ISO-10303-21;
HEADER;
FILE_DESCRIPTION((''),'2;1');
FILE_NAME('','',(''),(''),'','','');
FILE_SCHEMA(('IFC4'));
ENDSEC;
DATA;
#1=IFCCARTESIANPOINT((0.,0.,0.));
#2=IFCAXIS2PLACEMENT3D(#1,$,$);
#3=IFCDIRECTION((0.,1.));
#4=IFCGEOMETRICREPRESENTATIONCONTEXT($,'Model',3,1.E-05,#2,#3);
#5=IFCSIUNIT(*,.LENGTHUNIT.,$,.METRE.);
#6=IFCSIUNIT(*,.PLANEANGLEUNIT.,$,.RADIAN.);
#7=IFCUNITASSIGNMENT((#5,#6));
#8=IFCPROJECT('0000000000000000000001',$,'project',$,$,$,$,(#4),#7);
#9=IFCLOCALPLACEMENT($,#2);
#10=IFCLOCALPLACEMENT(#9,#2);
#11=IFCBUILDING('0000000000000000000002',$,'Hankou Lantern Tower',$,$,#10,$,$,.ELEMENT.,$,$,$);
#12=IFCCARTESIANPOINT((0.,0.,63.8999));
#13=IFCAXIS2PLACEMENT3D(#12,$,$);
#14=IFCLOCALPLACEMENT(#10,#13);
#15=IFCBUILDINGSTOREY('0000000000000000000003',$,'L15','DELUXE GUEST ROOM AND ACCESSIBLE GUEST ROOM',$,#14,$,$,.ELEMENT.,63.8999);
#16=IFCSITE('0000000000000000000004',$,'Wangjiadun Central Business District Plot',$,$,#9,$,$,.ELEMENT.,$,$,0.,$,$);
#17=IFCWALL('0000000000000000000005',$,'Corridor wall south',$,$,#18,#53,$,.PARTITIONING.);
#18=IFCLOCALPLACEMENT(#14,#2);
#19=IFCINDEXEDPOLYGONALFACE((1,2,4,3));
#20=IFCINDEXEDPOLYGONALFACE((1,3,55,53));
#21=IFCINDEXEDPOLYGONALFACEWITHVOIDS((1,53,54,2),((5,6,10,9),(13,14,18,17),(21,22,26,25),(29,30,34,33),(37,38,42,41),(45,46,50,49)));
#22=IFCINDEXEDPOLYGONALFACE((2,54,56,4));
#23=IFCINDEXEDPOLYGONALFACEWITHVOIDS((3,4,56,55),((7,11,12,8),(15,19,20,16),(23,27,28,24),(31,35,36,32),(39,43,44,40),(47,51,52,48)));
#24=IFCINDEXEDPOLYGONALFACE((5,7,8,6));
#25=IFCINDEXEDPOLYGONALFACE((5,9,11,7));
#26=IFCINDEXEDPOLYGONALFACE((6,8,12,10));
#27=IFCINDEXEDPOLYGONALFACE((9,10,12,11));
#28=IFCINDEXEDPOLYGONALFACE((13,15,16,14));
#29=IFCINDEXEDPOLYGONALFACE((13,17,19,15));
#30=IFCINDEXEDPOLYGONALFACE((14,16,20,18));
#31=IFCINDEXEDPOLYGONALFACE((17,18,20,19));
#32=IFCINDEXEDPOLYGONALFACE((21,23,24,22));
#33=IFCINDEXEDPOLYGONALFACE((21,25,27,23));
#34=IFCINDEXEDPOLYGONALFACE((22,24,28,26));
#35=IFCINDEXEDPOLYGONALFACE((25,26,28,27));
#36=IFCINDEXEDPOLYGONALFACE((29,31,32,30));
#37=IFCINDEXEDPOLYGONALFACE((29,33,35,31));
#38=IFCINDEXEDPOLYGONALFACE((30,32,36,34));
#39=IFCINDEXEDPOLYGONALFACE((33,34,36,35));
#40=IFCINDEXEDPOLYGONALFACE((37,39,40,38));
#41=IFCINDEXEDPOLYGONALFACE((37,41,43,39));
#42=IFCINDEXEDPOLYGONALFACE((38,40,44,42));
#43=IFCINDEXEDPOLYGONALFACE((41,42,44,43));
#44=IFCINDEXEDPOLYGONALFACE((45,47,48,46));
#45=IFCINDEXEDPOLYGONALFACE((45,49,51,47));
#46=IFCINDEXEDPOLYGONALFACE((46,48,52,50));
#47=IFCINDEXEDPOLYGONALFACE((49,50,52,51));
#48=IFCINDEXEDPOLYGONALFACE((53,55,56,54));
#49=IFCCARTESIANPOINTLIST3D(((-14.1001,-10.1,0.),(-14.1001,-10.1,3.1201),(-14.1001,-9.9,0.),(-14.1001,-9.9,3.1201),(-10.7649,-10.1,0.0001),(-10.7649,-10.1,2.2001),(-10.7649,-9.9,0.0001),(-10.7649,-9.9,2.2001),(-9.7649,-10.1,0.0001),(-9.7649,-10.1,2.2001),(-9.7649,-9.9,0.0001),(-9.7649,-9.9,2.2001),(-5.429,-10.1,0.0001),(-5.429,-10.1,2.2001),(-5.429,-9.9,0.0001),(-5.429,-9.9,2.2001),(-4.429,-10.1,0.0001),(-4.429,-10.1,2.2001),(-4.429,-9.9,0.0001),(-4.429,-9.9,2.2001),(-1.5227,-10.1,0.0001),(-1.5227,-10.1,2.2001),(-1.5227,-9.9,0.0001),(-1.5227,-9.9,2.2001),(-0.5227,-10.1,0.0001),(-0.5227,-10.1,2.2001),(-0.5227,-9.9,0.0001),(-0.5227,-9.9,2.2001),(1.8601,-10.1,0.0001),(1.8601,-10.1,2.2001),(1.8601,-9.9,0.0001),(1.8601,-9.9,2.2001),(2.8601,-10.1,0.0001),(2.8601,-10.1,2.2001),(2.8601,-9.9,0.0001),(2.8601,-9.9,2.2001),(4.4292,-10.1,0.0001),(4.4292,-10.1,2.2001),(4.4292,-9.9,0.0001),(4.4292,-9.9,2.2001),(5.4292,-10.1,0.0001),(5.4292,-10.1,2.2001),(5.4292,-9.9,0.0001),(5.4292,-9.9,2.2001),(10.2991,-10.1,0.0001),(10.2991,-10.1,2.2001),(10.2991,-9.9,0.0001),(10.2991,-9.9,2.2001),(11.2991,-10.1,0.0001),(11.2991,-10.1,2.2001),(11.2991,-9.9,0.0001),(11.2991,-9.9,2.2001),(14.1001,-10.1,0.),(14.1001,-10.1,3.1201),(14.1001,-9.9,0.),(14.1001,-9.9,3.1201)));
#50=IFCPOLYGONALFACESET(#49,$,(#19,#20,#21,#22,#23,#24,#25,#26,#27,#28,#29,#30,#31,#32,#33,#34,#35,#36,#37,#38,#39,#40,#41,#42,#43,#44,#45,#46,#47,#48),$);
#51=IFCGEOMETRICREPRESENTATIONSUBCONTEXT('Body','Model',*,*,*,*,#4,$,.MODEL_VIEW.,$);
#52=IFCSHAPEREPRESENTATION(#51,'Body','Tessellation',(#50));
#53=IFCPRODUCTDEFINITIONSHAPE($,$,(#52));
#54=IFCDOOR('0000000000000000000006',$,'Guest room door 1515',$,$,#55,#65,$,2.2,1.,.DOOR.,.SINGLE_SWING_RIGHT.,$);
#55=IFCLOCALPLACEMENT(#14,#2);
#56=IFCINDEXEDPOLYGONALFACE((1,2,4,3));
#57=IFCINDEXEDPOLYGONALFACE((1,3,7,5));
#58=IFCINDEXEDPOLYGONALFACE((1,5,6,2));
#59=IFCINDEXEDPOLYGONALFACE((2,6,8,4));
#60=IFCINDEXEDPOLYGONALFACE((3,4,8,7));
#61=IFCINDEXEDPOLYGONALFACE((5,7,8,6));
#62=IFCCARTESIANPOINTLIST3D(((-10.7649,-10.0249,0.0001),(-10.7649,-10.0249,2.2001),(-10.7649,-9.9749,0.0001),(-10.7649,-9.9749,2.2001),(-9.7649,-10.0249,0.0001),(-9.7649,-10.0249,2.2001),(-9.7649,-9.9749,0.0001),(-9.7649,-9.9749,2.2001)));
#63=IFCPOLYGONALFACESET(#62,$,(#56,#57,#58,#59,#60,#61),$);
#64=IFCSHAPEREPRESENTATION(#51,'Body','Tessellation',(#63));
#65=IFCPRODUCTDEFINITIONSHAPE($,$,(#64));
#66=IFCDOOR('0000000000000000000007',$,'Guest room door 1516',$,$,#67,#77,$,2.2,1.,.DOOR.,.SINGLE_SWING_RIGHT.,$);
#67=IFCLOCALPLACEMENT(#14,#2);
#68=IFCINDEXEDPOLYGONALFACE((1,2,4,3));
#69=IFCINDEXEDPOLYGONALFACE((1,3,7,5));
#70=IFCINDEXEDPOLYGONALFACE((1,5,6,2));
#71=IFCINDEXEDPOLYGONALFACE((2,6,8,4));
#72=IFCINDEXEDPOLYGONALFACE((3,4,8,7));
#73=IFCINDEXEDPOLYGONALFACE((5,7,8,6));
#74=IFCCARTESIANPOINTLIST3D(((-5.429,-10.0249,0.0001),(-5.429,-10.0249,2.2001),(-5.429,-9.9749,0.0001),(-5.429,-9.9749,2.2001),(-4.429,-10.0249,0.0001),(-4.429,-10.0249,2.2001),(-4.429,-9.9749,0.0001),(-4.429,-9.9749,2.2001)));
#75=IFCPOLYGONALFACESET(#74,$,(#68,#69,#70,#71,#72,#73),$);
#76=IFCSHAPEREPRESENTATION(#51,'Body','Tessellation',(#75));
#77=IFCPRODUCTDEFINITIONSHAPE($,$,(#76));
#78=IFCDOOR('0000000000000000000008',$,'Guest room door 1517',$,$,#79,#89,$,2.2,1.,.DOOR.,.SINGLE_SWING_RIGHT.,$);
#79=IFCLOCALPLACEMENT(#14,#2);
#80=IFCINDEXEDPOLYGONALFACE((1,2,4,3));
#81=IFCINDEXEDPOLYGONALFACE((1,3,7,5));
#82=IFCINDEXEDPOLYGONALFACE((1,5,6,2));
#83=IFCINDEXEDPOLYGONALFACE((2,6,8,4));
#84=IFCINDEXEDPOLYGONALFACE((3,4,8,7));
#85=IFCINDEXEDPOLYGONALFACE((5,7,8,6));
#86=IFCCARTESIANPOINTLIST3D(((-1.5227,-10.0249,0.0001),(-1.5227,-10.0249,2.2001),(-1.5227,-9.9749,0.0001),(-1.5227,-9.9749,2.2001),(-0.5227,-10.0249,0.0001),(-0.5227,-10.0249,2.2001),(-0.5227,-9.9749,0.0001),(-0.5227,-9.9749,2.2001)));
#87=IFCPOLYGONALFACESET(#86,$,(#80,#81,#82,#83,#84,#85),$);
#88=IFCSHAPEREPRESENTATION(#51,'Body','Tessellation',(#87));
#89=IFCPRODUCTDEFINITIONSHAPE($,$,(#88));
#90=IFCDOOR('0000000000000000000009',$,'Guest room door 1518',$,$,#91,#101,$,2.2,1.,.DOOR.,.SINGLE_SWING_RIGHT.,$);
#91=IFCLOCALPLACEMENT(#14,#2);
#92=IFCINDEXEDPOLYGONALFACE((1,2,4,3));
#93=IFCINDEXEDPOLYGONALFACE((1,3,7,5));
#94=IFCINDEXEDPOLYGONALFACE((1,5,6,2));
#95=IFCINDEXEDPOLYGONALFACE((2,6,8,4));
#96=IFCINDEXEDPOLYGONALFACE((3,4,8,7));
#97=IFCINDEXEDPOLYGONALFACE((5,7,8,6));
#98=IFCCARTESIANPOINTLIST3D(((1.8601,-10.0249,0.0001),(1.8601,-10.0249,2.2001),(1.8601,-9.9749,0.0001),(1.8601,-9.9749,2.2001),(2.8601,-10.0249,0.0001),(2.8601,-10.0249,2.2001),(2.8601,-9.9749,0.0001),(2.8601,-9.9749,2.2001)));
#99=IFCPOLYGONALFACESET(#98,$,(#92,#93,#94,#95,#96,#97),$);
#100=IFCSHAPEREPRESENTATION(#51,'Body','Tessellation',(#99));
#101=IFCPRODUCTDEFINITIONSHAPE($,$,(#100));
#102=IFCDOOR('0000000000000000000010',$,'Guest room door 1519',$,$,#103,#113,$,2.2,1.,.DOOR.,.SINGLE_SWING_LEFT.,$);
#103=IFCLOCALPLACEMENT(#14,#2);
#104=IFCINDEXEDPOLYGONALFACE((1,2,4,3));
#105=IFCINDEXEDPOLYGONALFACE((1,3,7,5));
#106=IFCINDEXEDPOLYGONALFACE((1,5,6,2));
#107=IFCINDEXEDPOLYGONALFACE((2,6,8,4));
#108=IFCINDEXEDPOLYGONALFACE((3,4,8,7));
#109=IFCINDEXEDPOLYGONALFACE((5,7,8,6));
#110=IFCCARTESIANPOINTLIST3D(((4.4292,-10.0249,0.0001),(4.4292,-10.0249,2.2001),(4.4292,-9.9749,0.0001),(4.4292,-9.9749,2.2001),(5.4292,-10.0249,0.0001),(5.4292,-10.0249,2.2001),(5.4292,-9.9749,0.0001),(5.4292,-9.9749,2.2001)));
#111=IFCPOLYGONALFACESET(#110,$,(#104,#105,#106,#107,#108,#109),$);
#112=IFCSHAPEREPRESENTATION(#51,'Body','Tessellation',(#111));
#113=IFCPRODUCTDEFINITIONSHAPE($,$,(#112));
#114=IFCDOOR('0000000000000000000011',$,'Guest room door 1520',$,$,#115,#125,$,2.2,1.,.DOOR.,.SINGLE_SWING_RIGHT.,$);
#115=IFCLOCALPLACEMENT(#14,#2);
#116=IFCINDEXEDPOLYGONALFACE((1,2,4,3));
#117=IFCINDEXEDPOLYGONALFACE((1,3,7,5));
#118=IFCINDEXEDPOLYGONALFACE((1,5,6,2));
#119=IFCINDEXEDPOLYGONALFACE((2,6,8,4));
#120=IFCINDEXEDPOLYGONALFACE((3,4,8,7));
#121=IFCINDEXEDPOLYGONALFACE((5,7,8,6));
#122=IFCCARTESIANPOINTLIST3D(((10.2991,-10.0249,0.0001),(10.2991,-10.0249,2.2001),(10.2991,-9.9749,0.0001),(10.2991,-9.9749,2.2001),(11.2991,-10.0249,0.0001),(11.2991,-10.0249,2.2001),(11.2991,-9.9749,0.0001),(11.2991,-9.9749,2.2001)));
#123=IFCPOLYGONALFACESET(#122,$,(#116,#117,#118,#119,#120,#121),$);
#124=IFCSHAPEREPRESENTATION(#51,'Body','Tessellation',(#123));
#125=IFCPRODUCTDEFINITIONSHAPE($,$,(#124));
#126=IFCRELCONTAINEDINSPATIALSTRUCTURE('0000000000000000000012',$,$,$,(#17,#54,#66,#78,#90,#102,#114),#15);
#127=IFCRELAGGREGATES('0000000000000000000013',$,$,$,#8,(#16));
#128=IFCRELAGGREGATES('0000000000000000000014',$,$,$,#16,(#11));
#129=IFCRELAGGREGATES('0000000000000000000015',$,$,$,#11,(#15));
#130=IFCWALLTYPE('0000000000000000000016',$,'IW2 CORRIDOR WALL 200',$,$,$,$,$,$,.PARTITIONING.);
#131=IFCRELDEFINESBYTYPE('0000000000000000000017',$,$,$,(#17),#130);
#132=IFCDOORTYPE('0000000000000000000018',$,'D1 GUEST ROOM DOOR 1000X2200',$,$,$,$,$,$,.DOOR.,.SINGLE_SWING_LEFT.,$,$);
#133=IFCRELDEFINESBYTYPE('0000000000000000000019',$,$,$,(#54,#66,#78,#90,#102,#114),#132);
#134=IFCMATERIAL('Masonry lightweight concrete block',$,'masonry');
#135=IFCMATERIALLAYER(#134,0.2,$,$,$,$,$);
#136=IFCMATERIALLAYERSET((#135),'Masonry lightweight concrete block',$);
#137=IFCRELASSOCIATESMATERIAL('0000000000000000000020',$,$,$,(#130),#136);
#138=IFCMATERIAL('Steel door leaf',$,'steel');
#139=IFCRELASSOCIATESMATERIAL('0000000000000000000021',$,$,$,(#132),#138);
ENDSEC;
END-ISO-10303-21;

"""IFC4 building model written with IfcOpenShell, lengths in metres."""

from ifc_helpers import new_model, si_unit, direction, frame, frame_2d, origin, place, context, subcontext, project, spatial, rectangle, extrude, material, layer, layer_set, type_object, element, fill, save


model = new_model("IFC4")

# Units and contexts
model_context = context("Model", 3, precision=1e-05, world=origin(), true_north=direction((0.0, 1.0)))
body_context = subcontext(model_context, "Body", "Model", "MODEL_VIEW")
ifc_project = project(units=[si_unit("LENGTHUNIT", "METRE"), si_unit("PLANEANGLEUNIT", "RADIAN")], contexts=[model_context])

# Site, building, storey
site_placement = place(None, origin())
site = spatial("IfcSite", under=ifc_project, at=site_placement, Name="Wangjiadun Central Business District Plot", CompositionType="ELEMENT", RefElevation=0.0)
building_placement = place(site_placement, origin())
building = spatial("IfcBuilding", under=site, at=building_placement, Name="Hankou Lantern Tower", CompositionType="ELEMENT")
storey_placement = place(building_placement, frame((0.0, 0.0, 63.8999)))
storey = spatial("IfcBuildingStorey", under=building, at=storey_placement, Name="L15", Description="DELUXE GUEST ROOM AND ACCESSIBLE GUEST ROOM", CompositionType="ELEMENT", Elevation=63.8999)

# Wall, openings, doors
ifc_material_1 = material(Name="Masonry lightweight concrete block", Category="masonry")
ifc_layer_1 = layer(ifc_material_1, 0.2)
ifc_layer_set_1 = layer_set([ifc_layer_1], Name="Masonry lightweight concrete block")
wall_type_1 = type_object("IfcWallType", Name="IW2 CORRIDOR WALL 200", PredefinedType="PARTITIONING", material=ifc_layer_set_1)
ifc_material_2 = material(Name="Steel door leaf", Category="steel")
door_type_1 = type_object("IfcDoorType", Name="D1 GUEST ROOM DOOR 1000X2200", OperationType="SINGLE_SWING_LEFT", PredefinedType="DOOR", material=ifc_material_2)
wall_1_placement = place(storey_placement, frame((14.1001, -10.0, 0.0), z_axis=(0.0, 0.0, 1.0), x_axis=(-1.0, 0.0, 0.0)))
wall_1 = element("IfcWall", 1, at=wall_1_placement, inside=storey, type_object=wall_type_1, Name="Corridor wall south", PredefinedType="PARTITIONING", context=body_context, shape_type="SweptSolid", body=[
    extrude(rectangle(XDim=28.2002, YDim=0.2, at=frame_2d((14.1001, 0.0))), origin(), (0.0, 0.0, 1.0), 3.1201),
])
opening_1_placement = place(wall_1_placement, frame((23.865, 0.0, 0.0)))
opening_1 = element("IfcOpeningElement", 2, at=opening_1_placement, cuts=wall_1, PredefinedType="OPENING", context=body_context, shape_type="SweptSolid", body=[
    extrude(rectangle(XDim=1.0, YDim=2.2, at=frame_2d((0.5, 1.1001))), frame((0.0, 0.1099, 0.0), z_axis=(0.0, -1.0, 0.0), x_axis=(1.0, 0.0, 0.0)), (0.0, 0.0, 1.0), 0.22),
])
opening_2_placement = place(wall_1_placement, frame((18.5291, 0.0, 0.0)))
opening_2 = element("IfcOpeningElement", 3, at=opening_2_placement, cuts=wall_1, PredefinedType="OPENING", context=body_context, shape_type="SweptSolid", body=[
    extrude(rectangle(XDim=1.0, YDim=2.2, at=frame_2d((0.5, 1.1001))), frame((0.0, 0.1099, 0.0), z_axis=(0.0, -1.0, 0.0), x_axis=(1.0, 0.0, 0.0)), (0.0, 0.0, 1.0), 0.22),
])
opening_3_placement = place(wall_1_placement, frame((14.6228, 0.0, 0.0)))
opening_3 = element("IfcOpeningElement", 4, at=opening_3_placement, cuts=wall_1, PredefinedType="OPENING", context=body_context, shape_type="SweptSolid", body=[
    extrude(rectangle(XDim=1.0, YDim=2.2, at=frame_2d((0.5, 1.1001))), frame((0.0, 0.1099, 0.0), z_axis=(0.0, -1.0, 0.0), x_axis=(1.0, 0.0, 0.0)), (0.0, 0.0, 1.0), 0.22),
])
opening_4_placement = place(wall_1_placement, frame((11.24, 0.0, 0.0)))
opening_4 = element("IfcOpeningElement", 5, at=opening_4_placement, cuts=wall_1, PredefinedType="OPENING", context=body_context, shape_type="SweptSolid", body=[
    extrude(rectangle(XDim=1.0, YDim=2.2, at=frame_2d((0.5, 1.1001))), frame((0.0, 0.1099, 0.0), z_axis=(0.0, -1.0, 0.0), x_axis=(1.0, 0.0, 0.0)), (0.0, 0.0, 1.0), 0.22),
])
opening_5_placement = place(wall_1_placement, frame((8.6709, 0.0, 0.0)))
opening_5 = element("IfcOpeningElement", 6, at=opening_5_placement, cuts=wall_1, PredefinedType="OPENING", context=body_context, shape_type="SweptSolid", body=[
    extrude(rectangle(XDim=1.0, YDim=2.2, at=frame_2d((0.5, 1.1001))), frame((0.0, 0.1099, 0.0), z_axis=(0.0, -1.0, 0.0), x_axis=(1.0, 0.0, 0.0)), (0.0, 0.0, 1.0), 0.22),
])
opening_6_placement = place(wall_1_placement, frame((2.801, 0.0, 0.0)))
opening_6 = element("IfcOpeningElement", 7, at=opening_6_placement, cuts=wall_1, PredefinedType="OPENING", context=body_context, shape_type="SweptSolid", body=[
    extrude(rectangle(XDim=1.0, YDim=2.2, at=frame_2d((0.5, 1.1001))), frame((0.0, 0.1099, 0.0), z_axis=(0.0, -1.0, 0.0), x_axis=(1.0, 0.0, 0.0)), (0.0, 0.0, 1.0), 0.22),
])
door_1_placement = place(opening_1_placement, origin())
door_1 = element("IfcDoor", 8, at=door_1_placement, inside=storey, type_object=door_type_1, Name="Guest room door 1515", OperationType="SINGLE_SWING_RIGHT", OverallHeight=2.2, OverallWidth=1.0, PredefinedType="DOOR", context=body_context, shape_type="SweptSolid", body=[
    extrude(rectangle(XDim=1.0, YDim=2.2, at=frame_2d((0.5, 1.1001))), frame((0.0, 0.0249, 0.0), z_axis=(0.0, -1.0, 0.0), x_axis=(1.0, 0.0, 0.0)), (0.0, 0.0, 1.0), 0.05),
])
fill(opening_1, door_1)
door_2_placement = place(opening_2_placement, origin())
door_2 = element("IfcDoor", 9, at=door_2_placement, inside=storey, type_object=door_type_1, Name="Guest room door 1516", OperationType="SINGLE_SWING_RIGHT", OverallHeight=2.2, OverallWidth=1.0, PredefinedType="DOOR", context=body_context, shape_type="SweptSolid", body=[
    extrude(rectangle(XDim=1.0, YDim=2.2, at=frame_2d((0.5, 1.1001))), frame((0.0, 0.0249, 0.0), z_axis=(0.0, -1.0, 0.0), x_axis=(1.0, 0.0, 0.0)), (0.0, 0.0, 1.0), 0.05),
])
fill(opening_2, door_2)
door_3_placement = place(opening_3_placement, origin())
door_3 = element("IfcDoor", 10, at=door_3_placement, inside=storey, type_object=door_type_1, Name="Guest room door 1517", OperationType="SINGLE_SWING_RIGHT", OverallHeight=2.2, OverallWidth=1.0, PredefinedType="DOOR", context=body_context, shape_type="SweptSolid", body=[
    extrude(rectangle(XDim=1.0, YDim=2.2, at=frame_2d((0.5, 1.1001))), frame((0.0, 0.0249, 0.0), z_axis=(0.0, -1.0, 0.0), x_axis=(1.0, 0.0, 0.0)), (0.0, 0.0, 1.0), 0.05),
])
fill(opening_3, door_3)
door_4_placement = place(opening_4_placement, origin())
door_4 = element("IfcDoor", 11, at=door_4_placement, inside=storey, type_object=door_type_1, Name="Guest room door 1518", OperationType="SINGLE_SWING_RIGHT", OverallHeight=2.2, OverallWidth=1.0, PredefinedType="DOOR", context=body_context, shape_type="SweptSolid", body=[
    extrude(rectangle(XDim=1.0, YDim=2.2, at=frame_2d((0.5, 1.1001))), frame((0.0, 0.0249, 0.0), z_axis=(0.0, -1.0, 0.0), x_axis=(1.0, 0.0, 0.0)), (0.0, 0.0, 1.0), 0.05),
])
fill(opening_4, door_4)
door_5_placement = place(opening_5_placement, origin())
door_5 = element("IfcDoor", 12, at=door_5_placement, inside=storey, type_object=door_type_1, Name="Guest room door 1519", OperationType="SINGLE_SWING_LEFT", OverallHeight=2.2, OverallWidth=1.0, PredefinedType="DOOR", context=body_context, shape_type="SweptSolid", body=[
    extrude(rectangle(XDim=1.0, YDim=2.2, at=frame_2d((0.5, 1.1001))), frame((0.0, 0.0249, 0.0), z_axis=(0.0, -1.0, 0.0), x_axis=(1.0, 0.0, 0.0)), (0.0, 0.0, 1.0), 0.05),
])
fill(opening_5, door_5)
door_6_placement = place(opening_6_placement, origin())
door_6 = element("IfcDoor", 13, at=door_6_placement, inside=storey, type_object=door_type_1, Name="Guest room door 1520", OperationType="SINGLE_SWING_RIGHT", OverallHeight=2.2, OverallWidth=1.0, PredefinedType="DOOR", context=body_context, shape_type="SweptSolid", body=[
    extrude(rectangle(XDim=1.0, YDim=2.2, at=frame_2d((0.5, 1.1001))), frame((0.0, 0.0249, 0.0), z_axis=(0.0, -1.0, 0.0), x_axis=(1.0, 0.0, 0.0)), (0.0, 0.0, 1.0), 0.05),
])
fill(opening_6, door_6)

save(model, "model.ifc")
